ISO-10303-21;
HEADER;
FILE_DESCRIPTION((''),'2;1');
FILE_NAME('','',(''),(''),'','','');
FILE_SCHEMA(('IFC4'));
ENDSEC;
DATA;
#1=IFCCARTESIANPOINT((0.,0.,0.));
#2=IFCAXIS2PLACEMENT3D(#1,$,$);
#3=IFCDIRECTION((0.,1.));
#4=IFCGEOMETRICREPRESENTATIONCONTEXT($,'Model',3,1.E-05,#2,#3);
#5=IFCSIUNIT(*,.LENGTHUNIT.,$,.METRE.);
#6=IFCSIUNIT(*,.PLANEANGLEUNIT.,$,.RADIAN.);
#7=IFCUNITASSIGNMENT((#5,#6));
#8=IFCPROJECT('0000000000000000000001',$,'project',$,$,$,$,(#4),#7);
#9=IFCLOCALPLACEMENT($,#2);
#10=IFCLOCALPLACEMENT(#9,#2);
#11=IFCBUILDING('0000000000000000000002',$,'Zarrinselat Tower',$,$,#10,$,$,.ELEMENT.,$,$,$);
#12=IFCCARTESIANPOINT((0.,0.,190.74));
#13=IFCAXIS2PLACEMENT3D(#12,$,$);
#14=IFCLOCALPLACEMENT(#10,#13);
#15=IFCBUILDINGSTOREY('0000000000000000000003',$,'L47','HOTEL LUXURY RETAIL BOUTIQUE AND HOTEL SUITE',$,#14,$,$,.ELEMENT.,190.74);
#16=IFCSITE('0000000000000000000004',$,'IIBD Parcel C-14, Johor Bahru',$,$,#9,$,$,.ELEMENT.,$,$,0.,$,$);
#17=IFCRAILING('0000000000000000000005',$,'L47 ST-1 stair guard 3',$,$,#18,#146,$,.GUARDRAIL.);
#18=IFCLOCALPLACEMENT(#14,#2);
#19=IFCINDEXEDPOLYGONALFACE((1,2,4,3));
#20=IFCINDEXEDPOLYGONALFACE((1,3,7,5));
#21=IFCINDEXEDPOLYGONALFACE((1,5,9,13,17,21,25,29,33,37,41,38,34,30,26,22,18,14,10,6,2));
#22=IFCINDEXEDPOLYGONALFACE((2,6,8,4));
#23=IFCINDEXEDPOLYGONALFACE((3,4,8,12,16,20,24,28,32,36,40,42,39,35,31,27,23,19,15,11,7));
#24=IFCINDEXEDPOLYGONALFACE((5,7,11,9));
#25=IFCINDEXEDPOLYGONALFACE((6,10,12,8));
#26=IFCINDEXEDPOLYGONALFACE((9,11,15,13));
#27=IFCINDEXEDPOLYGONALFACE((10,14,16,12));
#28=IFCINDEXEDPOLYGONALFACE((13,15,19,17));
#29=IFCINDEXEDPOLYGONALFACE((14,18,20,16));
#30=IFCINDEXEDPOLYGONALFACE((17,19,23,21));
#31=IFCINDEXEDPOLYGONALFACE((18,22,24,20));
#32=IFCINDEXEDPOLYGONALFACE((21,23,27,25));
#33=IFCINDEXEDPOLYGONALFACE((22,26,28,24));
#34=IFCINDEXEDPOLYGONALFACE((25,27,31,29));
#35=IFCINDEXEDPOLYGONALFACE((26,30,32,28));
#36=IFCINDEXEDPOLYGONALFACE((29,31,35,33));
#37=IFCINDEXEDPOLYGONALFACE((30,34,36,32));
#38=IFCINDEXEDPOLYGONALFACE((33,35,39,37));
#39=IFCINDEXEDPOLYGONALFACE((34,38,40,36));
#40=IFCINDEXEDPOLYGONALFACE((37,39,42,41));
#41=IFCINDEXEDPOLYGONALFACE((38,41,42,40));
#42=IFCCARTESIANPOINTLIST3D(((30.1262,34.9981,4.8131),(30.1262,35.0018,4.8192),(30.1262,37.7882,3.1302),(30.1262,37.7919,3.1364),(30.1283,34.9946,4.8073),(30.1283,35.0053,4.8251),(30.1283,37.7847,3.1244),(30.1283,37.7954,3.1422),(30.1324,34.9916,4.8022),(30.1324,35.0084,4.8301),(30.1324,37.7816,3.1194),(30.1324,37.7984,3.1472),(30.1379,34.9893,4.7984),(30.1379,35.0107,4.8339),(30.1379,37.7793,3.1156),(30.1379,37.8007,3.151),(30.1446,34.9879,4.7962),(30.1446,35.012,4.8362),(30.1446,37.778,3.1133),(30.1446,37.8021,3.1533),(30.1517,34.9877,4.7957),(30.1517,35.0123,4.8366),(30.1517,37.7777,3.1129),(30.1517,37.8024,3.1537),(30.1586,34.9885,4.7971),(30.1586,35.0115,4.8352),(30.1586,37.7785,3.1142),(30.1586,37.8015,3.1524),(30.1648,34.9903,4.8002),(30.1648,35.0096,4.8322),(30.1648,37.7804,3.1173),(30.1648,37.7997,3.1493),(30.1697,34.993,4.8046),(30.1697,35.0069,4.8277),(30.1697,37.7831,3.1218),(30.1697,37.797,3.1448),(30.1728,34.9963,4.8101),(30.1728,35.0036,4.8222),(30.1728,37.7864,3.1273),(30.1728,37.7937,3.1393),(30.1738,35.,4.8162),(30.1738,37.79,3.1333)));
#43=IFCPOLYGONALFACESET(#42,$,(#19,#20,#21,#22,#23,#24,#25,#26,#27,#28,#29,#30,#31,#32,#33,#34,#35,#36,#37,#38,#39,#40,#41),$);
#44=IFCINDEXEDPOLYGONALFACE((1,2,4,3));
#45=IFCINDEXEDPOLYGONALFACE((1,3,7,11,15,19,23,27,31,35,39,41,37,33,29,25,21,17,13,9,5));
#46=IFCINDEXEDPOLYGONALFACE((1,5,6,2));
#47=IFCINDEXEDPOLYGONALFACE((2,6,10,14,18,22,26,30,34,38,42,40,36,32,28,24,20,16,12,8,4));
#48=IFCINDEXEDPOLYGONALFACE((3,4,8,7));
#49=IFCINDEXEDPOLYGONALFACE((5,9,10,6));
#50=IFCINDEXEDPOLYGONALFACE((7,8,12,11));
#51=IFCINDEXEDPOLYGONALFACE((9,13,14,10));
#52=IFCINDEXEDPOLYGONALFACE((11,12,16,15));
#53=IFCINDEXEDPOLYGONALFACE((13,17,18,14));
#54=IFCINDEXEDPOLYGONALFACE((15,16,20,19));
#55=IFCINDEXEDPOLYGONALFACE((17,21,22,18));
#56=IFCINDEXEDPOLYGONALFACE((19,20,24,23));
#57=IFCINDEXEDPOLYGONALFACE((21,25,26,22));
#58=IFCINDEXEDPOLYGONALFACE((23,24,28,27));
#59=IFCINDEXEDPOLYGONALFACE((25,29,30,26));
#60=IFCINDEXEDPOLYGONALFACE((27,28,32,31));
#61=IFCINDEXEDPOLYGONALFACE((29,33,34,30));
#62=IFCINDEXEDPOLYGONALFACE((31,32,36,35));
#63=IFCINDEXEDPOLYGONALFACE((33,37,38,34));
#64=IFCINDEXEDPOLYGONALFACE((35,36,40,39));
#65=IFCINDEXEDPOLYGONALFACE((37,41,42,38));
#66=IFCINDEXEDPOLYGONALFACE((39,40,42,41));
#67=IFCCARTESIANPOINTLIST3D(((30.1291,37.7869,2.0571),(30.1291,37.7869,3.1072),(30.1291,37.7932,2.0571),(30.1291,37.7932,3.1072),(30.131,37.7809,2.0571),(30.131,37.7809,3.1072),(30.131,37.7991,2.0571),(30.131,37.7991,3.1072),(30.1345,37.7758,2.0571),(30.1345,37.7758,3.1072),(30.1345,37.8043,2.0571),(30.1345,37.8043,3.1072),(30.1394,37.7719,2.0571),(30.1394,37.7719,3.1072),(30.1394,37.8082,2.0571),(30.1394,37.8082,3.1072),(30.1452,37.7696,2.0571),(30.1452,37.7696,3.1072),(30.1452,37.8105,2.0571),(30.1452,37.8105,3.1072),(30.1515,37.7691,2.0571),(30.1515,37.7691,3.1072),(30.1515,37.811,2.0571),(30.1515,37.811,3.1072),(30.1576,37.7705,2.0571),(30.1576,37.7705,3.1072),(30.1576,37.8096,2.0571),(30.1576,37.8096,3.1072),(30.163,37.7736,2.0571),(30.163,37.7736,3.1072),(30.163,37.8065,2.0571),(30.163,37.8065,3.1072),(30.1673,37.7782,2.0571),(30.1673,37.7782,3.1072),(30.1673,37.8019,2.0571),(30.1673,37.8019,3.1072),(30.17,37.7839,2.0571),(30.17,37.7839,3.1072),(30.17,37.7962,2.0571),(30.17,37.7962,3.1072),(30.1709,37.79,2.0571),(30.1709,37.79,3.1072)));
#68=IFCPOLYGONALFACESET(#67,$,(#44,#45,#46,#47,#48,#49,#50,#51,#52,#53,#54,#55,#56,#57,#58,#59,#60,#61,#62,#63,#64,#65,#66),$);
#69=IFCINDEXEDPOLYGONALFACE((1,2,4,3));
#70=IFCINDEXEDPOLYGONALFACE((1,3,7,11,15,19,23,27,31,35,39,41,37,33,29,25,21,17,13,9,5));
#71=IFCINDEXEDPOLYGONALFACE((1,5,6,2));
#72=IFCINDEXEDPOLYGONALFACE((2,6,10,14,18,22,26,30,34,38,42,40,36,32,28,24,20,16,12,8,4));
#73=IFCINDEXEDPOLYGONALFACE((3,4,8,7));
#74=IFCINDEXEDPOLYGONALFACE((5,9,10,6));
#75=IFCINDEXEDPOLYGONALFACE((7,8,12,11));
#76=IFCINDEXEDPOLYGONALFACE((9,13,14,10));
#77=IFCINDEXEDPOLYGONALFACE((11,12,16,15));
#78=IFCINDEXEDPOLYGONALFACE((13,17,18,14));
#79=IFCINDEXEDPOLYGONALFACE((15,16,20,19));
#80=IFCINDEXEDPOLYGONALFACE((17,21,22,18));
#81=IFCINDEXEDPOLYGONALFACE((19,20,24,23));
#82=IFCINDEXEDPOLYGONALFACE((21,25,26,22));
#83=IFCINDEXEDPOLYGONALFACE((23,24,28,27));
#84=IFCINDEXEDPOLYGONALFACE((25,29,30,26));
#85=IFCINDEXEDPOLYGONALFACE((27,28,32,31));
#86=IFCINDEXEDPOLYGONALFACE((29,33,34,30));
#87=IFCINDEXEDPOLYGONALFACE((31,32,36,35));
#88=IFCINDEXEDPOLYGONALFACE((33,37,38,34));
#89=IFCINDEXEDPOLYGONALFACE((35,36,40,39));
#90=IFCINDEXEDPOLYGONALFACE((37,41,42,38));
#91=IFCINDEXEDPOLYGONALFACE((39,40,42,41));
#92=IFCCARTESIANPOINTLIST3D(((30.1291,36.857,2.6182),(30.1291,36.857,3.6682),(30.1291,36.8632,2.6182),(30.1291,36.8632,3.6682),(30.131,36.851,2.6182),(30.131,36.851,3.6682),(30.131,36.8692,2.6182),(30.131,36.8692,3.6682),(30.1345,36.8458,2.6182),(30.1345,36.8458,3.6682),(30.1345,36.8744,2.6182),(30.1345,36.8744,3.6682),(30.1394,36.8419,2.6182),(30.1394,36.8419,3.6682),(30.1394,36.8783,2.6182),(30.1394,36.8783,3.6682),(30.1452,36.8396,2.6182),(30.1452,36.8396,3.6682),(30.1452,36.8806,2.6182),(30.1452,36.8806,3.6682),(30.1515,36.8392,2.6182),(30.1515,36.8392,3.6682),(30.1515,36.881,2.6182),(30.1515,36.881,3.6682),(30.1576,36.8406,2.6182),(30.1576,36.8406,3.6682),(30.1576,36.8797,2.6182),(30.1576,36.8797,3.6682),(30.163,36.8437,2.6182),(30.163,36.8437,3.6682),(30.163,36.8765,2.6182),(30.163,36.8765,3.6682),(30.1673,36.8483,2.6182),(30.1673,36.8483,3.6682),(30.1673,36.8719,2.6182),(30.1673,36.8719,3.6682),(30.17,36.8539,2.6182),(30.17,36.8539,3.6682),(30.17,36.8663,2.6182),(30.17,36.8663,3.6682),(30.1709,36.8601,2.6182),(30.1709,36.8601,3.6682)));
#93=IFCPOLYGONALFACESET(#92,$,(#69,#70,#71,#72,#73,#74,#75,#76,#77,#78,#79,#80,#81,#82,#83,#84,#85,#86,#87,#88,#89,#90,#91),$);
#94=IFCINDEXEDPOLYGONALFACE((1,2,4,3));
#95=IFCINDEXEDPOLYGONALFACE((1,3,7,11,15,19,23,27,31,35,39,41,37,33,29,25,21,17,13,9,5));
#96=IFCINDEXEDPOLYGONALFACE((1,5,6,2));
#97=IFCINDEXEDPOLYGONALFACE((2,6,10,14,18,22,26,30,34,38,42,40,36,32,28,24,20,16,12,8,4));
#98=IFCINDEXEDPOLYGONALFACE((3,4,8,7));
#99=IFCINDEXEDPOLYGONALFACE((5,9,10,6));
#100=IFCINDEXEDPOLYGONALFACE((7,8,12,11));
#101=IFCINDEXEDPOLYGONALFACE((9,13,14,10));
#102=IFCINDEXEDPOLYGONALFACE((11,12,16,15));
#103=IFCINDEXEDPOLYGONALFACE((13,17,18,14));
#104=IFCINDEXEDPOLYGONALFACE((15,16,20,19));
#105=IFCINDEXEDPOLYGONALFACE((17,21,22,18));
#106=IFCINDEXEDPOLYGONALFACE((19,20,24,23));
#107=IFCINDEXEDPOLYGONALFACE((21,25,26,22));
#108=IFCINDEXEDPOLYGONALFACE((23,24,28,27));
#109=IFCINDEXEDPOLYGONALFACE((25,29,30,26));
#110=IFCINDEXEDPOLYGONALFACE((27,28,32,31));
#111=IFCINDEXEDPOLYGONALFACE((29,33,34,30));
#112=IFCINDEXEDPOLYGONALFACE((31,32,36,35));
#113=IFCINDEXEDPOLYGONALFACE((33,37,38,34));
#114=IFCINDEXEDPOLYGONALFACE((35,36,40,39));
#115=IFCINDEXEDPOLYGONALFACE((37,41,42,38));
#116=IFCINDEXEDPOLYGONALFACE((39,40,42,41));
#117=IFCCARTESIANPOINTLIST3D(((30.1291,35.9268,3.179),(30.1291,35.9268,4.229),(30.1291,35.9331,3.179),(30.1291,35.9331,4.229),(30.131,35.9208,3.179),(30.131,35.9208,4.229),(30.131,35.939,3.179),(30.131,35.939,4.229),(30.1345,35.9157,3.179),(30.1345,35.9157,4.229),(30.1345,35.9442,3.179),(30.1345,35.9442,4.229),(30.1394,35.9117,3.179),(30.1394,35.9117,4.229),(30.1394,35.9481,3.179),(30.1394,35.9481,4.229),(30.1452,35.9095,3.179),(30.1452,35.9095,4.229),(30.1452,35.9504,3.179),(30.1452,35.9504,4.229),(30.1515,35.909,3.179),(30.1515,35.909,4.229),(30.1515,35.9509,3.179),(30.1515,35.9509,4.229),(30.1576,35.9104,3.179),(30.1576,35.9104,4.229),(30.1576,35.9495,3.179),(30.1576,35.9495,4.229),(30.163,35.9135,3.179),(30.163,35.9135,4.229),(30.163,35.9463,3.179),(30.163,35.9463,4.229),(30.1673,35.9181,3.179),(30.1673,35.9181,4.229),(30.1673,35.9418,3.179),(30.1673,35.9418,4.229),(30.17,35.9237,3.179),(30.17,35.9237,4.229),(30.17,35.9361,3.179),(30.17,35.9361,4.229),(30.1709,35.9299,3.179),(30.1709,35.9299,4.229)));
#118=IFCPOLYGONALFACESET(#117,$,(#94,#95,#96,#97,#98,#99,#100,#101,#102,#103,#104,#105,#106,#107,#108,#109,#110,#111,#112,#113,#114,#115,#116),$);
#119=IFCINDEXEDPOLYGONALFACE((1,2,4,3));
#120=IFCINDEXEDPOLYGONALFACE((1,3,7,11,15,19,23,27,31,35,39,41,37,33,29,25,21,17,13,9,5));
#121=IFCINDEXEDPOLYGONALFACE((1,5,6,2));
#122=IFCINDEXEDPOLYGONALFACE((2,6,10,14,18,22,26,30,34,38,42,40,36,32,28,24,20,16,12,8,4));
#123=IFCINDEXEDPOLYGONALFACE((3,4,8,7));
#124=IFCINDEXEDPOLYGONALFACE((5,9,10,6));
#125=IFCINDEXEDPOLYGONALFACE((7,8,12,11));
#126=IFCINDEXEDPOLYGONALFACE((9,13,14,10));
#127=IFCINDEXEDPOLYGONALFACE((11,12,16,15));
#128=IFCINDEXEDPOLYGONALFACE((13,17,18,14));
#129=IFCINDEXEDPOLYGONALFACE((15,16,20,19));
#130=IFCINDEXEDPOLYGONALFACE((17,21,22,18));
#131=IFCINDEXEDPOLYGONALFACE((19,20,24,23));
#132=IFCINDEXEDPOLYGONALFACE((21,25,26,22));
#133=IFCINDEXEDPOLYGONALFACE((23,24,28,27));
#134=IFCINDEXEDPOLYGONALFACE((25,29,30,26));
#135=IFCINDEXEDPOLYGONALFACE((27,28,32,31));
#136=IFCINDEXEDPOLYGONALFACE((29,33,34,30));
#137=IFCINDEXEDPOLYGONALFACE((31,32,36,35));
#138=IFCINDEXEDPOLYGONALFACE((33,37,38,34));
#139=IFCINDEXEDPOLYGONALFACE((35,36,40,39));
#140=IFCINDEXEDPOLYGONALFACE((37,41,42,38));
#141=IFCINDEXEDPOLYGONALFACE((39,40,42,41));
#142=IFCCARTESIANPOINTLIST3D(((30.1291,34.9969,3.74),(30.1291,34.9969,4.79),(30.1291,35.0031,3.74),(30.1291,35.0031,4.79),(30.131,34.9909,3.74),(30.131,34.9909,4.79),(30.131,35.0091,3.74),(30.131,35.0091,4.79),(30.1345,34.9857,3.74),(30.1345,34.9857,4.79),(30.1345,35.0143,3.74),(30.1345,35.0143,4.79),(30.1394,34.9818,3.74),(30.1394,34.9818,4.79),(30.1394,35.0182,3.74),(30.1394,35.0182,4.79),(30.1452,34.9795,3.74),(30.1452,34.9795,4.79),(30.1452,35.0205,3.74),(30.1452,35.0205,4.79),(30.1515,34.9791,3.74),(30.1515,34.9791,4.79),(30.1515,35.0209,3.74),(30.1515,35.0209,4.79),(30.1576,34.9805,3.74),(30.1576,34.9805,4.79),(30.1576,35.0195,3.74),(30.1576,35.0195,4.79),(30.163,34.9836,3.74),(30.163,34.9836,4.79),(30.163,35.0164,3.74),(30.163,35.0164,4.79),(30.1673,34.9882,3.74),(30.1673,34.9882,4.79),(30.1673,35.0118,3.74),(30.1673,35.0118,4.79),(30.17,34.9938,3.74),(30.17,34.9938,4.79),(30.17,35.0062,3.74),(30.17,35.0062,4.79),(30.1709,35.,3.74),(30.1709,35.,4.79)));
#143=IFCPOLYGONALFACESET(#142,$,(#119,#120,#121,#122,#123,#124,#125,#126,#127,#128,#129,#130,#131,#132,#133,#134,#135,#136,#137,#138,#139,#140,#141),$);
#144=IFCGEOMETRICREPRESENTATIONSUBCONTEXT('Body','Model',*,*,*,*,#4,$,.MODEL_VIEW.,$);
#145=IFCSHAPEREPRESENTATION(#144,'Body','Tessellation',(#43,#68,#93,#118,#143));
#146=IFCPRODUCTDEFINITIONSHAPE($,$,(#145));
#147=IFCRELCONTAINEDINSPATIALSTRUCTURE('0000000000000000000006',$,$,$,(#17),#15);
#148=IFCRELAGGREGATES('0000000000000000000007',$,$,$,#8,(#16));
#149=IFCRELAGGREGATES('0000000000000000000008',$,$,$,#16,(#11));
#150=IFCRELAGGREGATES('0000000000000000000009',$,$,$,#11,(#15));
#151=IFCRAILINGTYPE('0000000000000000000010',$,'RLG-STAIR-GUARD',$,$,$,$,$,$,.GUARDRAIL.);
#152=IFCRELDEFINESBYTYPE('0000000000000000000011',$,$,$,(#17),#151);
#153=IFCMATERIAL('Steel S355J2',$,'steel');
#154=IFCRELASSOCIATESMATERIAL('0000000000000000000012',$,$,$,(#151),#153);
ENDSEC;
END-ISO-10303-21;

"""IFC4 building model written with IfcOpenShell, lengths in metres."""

from ifc_helpers import new_model, si_unit, direction, frame, origin, origin_2d, place, context, subcontext, project, spatial, circle, extrude, material, type_object, element, save


model = new_model("IFC4")

# Units and contexts
model_context = context("Model", 3, precision=1e-05, world=origin(), true_north=direction((0.0, 1.0)))
body_context = subcontext(model_context, "Body", "Model", "MODEL_VIEW")
ifc_project = project(units=[si_unit("LENGTHUNIT", "METRE"), si_unit("PLANEANGLEUNIT", "RADIAN")], contexts=[model_context])

# Site, building, storey
site_placement = place(None, origin())
site = spatial("IfcSite", under=ifc_project, at=site_placement, Name="IIBD Parcel C-14, Johor Bahru", CompositionType="ELEMENT", RefElevation=0.0)
building_placement = place(site_placement, origin())
building = spatial("IfcBuilding", under=site, at=building_placement, Name="Zarrinselat Tower", CompositionType="ELEMENT")
storey_placement = place(building_placement, frame((0.0, 0.0, 190.74)))
storey = spatial("IfcBuildingStorey", under=building, at=storey_placement, Name="L47", Description="HOTEL LUXURY RETAIL BOUTIQUE AND HOTEL SUITE", CompositionType="ELEMENT", Elevation=190.74)

# Railing
ifc_material_1 = material(Name="Steel S355J2", Category="steel")
railing_type_1 = type_object("IfcRailingType", Name="RLG-STAIR-GUARD", PredefinedType="GUARDRAIL", material=ifc_material_1)
railing_1_placement = place(storey_placement, frame((30.1499, 37.79, 2.0571)))
element("IfcRailing", 1, at=railing_1_placement, inside=storey, type_object=railing_type_1, Name="L47 ST-1 stair guard 3", PredefinedType="GUARDRAIL", context=body_context, shape_type="SweptSolid", body=[
    extrude(circle(Radius=0.0239, at=origin_2d()), frame((0.0, 0.0, 1.0762), z_axis=(0.0, -0.856294, 0.516489), x_axis=(1.0, 0.0, 0.0)), (0.0, 0.0, 1.0), 3.2583),
    extrude(circle(Radius=0.021, at=origin_2d()), origin(), (0.0, 0.0, 1.0), 1.05),
    extrude(circle(Radius=0.021, at=origin_2d()), frame((0.0, -0.9299, 0.561)), (0.0, 0.0, 1.0), 1.05),
    extrude(circle(Radius=0.021, at=origin_2d()), frame((0.0, -1.8601, 1.1218)), (0.0, 0.0, 1.0), 1.05),
    extrude(circle(Radius=0.021, at=origin_2d()), frame((0.0, -2.79, 1.6829)), (0.0, 0.0, 1.0), 1.05),
])

save(model, "model.ifc")
